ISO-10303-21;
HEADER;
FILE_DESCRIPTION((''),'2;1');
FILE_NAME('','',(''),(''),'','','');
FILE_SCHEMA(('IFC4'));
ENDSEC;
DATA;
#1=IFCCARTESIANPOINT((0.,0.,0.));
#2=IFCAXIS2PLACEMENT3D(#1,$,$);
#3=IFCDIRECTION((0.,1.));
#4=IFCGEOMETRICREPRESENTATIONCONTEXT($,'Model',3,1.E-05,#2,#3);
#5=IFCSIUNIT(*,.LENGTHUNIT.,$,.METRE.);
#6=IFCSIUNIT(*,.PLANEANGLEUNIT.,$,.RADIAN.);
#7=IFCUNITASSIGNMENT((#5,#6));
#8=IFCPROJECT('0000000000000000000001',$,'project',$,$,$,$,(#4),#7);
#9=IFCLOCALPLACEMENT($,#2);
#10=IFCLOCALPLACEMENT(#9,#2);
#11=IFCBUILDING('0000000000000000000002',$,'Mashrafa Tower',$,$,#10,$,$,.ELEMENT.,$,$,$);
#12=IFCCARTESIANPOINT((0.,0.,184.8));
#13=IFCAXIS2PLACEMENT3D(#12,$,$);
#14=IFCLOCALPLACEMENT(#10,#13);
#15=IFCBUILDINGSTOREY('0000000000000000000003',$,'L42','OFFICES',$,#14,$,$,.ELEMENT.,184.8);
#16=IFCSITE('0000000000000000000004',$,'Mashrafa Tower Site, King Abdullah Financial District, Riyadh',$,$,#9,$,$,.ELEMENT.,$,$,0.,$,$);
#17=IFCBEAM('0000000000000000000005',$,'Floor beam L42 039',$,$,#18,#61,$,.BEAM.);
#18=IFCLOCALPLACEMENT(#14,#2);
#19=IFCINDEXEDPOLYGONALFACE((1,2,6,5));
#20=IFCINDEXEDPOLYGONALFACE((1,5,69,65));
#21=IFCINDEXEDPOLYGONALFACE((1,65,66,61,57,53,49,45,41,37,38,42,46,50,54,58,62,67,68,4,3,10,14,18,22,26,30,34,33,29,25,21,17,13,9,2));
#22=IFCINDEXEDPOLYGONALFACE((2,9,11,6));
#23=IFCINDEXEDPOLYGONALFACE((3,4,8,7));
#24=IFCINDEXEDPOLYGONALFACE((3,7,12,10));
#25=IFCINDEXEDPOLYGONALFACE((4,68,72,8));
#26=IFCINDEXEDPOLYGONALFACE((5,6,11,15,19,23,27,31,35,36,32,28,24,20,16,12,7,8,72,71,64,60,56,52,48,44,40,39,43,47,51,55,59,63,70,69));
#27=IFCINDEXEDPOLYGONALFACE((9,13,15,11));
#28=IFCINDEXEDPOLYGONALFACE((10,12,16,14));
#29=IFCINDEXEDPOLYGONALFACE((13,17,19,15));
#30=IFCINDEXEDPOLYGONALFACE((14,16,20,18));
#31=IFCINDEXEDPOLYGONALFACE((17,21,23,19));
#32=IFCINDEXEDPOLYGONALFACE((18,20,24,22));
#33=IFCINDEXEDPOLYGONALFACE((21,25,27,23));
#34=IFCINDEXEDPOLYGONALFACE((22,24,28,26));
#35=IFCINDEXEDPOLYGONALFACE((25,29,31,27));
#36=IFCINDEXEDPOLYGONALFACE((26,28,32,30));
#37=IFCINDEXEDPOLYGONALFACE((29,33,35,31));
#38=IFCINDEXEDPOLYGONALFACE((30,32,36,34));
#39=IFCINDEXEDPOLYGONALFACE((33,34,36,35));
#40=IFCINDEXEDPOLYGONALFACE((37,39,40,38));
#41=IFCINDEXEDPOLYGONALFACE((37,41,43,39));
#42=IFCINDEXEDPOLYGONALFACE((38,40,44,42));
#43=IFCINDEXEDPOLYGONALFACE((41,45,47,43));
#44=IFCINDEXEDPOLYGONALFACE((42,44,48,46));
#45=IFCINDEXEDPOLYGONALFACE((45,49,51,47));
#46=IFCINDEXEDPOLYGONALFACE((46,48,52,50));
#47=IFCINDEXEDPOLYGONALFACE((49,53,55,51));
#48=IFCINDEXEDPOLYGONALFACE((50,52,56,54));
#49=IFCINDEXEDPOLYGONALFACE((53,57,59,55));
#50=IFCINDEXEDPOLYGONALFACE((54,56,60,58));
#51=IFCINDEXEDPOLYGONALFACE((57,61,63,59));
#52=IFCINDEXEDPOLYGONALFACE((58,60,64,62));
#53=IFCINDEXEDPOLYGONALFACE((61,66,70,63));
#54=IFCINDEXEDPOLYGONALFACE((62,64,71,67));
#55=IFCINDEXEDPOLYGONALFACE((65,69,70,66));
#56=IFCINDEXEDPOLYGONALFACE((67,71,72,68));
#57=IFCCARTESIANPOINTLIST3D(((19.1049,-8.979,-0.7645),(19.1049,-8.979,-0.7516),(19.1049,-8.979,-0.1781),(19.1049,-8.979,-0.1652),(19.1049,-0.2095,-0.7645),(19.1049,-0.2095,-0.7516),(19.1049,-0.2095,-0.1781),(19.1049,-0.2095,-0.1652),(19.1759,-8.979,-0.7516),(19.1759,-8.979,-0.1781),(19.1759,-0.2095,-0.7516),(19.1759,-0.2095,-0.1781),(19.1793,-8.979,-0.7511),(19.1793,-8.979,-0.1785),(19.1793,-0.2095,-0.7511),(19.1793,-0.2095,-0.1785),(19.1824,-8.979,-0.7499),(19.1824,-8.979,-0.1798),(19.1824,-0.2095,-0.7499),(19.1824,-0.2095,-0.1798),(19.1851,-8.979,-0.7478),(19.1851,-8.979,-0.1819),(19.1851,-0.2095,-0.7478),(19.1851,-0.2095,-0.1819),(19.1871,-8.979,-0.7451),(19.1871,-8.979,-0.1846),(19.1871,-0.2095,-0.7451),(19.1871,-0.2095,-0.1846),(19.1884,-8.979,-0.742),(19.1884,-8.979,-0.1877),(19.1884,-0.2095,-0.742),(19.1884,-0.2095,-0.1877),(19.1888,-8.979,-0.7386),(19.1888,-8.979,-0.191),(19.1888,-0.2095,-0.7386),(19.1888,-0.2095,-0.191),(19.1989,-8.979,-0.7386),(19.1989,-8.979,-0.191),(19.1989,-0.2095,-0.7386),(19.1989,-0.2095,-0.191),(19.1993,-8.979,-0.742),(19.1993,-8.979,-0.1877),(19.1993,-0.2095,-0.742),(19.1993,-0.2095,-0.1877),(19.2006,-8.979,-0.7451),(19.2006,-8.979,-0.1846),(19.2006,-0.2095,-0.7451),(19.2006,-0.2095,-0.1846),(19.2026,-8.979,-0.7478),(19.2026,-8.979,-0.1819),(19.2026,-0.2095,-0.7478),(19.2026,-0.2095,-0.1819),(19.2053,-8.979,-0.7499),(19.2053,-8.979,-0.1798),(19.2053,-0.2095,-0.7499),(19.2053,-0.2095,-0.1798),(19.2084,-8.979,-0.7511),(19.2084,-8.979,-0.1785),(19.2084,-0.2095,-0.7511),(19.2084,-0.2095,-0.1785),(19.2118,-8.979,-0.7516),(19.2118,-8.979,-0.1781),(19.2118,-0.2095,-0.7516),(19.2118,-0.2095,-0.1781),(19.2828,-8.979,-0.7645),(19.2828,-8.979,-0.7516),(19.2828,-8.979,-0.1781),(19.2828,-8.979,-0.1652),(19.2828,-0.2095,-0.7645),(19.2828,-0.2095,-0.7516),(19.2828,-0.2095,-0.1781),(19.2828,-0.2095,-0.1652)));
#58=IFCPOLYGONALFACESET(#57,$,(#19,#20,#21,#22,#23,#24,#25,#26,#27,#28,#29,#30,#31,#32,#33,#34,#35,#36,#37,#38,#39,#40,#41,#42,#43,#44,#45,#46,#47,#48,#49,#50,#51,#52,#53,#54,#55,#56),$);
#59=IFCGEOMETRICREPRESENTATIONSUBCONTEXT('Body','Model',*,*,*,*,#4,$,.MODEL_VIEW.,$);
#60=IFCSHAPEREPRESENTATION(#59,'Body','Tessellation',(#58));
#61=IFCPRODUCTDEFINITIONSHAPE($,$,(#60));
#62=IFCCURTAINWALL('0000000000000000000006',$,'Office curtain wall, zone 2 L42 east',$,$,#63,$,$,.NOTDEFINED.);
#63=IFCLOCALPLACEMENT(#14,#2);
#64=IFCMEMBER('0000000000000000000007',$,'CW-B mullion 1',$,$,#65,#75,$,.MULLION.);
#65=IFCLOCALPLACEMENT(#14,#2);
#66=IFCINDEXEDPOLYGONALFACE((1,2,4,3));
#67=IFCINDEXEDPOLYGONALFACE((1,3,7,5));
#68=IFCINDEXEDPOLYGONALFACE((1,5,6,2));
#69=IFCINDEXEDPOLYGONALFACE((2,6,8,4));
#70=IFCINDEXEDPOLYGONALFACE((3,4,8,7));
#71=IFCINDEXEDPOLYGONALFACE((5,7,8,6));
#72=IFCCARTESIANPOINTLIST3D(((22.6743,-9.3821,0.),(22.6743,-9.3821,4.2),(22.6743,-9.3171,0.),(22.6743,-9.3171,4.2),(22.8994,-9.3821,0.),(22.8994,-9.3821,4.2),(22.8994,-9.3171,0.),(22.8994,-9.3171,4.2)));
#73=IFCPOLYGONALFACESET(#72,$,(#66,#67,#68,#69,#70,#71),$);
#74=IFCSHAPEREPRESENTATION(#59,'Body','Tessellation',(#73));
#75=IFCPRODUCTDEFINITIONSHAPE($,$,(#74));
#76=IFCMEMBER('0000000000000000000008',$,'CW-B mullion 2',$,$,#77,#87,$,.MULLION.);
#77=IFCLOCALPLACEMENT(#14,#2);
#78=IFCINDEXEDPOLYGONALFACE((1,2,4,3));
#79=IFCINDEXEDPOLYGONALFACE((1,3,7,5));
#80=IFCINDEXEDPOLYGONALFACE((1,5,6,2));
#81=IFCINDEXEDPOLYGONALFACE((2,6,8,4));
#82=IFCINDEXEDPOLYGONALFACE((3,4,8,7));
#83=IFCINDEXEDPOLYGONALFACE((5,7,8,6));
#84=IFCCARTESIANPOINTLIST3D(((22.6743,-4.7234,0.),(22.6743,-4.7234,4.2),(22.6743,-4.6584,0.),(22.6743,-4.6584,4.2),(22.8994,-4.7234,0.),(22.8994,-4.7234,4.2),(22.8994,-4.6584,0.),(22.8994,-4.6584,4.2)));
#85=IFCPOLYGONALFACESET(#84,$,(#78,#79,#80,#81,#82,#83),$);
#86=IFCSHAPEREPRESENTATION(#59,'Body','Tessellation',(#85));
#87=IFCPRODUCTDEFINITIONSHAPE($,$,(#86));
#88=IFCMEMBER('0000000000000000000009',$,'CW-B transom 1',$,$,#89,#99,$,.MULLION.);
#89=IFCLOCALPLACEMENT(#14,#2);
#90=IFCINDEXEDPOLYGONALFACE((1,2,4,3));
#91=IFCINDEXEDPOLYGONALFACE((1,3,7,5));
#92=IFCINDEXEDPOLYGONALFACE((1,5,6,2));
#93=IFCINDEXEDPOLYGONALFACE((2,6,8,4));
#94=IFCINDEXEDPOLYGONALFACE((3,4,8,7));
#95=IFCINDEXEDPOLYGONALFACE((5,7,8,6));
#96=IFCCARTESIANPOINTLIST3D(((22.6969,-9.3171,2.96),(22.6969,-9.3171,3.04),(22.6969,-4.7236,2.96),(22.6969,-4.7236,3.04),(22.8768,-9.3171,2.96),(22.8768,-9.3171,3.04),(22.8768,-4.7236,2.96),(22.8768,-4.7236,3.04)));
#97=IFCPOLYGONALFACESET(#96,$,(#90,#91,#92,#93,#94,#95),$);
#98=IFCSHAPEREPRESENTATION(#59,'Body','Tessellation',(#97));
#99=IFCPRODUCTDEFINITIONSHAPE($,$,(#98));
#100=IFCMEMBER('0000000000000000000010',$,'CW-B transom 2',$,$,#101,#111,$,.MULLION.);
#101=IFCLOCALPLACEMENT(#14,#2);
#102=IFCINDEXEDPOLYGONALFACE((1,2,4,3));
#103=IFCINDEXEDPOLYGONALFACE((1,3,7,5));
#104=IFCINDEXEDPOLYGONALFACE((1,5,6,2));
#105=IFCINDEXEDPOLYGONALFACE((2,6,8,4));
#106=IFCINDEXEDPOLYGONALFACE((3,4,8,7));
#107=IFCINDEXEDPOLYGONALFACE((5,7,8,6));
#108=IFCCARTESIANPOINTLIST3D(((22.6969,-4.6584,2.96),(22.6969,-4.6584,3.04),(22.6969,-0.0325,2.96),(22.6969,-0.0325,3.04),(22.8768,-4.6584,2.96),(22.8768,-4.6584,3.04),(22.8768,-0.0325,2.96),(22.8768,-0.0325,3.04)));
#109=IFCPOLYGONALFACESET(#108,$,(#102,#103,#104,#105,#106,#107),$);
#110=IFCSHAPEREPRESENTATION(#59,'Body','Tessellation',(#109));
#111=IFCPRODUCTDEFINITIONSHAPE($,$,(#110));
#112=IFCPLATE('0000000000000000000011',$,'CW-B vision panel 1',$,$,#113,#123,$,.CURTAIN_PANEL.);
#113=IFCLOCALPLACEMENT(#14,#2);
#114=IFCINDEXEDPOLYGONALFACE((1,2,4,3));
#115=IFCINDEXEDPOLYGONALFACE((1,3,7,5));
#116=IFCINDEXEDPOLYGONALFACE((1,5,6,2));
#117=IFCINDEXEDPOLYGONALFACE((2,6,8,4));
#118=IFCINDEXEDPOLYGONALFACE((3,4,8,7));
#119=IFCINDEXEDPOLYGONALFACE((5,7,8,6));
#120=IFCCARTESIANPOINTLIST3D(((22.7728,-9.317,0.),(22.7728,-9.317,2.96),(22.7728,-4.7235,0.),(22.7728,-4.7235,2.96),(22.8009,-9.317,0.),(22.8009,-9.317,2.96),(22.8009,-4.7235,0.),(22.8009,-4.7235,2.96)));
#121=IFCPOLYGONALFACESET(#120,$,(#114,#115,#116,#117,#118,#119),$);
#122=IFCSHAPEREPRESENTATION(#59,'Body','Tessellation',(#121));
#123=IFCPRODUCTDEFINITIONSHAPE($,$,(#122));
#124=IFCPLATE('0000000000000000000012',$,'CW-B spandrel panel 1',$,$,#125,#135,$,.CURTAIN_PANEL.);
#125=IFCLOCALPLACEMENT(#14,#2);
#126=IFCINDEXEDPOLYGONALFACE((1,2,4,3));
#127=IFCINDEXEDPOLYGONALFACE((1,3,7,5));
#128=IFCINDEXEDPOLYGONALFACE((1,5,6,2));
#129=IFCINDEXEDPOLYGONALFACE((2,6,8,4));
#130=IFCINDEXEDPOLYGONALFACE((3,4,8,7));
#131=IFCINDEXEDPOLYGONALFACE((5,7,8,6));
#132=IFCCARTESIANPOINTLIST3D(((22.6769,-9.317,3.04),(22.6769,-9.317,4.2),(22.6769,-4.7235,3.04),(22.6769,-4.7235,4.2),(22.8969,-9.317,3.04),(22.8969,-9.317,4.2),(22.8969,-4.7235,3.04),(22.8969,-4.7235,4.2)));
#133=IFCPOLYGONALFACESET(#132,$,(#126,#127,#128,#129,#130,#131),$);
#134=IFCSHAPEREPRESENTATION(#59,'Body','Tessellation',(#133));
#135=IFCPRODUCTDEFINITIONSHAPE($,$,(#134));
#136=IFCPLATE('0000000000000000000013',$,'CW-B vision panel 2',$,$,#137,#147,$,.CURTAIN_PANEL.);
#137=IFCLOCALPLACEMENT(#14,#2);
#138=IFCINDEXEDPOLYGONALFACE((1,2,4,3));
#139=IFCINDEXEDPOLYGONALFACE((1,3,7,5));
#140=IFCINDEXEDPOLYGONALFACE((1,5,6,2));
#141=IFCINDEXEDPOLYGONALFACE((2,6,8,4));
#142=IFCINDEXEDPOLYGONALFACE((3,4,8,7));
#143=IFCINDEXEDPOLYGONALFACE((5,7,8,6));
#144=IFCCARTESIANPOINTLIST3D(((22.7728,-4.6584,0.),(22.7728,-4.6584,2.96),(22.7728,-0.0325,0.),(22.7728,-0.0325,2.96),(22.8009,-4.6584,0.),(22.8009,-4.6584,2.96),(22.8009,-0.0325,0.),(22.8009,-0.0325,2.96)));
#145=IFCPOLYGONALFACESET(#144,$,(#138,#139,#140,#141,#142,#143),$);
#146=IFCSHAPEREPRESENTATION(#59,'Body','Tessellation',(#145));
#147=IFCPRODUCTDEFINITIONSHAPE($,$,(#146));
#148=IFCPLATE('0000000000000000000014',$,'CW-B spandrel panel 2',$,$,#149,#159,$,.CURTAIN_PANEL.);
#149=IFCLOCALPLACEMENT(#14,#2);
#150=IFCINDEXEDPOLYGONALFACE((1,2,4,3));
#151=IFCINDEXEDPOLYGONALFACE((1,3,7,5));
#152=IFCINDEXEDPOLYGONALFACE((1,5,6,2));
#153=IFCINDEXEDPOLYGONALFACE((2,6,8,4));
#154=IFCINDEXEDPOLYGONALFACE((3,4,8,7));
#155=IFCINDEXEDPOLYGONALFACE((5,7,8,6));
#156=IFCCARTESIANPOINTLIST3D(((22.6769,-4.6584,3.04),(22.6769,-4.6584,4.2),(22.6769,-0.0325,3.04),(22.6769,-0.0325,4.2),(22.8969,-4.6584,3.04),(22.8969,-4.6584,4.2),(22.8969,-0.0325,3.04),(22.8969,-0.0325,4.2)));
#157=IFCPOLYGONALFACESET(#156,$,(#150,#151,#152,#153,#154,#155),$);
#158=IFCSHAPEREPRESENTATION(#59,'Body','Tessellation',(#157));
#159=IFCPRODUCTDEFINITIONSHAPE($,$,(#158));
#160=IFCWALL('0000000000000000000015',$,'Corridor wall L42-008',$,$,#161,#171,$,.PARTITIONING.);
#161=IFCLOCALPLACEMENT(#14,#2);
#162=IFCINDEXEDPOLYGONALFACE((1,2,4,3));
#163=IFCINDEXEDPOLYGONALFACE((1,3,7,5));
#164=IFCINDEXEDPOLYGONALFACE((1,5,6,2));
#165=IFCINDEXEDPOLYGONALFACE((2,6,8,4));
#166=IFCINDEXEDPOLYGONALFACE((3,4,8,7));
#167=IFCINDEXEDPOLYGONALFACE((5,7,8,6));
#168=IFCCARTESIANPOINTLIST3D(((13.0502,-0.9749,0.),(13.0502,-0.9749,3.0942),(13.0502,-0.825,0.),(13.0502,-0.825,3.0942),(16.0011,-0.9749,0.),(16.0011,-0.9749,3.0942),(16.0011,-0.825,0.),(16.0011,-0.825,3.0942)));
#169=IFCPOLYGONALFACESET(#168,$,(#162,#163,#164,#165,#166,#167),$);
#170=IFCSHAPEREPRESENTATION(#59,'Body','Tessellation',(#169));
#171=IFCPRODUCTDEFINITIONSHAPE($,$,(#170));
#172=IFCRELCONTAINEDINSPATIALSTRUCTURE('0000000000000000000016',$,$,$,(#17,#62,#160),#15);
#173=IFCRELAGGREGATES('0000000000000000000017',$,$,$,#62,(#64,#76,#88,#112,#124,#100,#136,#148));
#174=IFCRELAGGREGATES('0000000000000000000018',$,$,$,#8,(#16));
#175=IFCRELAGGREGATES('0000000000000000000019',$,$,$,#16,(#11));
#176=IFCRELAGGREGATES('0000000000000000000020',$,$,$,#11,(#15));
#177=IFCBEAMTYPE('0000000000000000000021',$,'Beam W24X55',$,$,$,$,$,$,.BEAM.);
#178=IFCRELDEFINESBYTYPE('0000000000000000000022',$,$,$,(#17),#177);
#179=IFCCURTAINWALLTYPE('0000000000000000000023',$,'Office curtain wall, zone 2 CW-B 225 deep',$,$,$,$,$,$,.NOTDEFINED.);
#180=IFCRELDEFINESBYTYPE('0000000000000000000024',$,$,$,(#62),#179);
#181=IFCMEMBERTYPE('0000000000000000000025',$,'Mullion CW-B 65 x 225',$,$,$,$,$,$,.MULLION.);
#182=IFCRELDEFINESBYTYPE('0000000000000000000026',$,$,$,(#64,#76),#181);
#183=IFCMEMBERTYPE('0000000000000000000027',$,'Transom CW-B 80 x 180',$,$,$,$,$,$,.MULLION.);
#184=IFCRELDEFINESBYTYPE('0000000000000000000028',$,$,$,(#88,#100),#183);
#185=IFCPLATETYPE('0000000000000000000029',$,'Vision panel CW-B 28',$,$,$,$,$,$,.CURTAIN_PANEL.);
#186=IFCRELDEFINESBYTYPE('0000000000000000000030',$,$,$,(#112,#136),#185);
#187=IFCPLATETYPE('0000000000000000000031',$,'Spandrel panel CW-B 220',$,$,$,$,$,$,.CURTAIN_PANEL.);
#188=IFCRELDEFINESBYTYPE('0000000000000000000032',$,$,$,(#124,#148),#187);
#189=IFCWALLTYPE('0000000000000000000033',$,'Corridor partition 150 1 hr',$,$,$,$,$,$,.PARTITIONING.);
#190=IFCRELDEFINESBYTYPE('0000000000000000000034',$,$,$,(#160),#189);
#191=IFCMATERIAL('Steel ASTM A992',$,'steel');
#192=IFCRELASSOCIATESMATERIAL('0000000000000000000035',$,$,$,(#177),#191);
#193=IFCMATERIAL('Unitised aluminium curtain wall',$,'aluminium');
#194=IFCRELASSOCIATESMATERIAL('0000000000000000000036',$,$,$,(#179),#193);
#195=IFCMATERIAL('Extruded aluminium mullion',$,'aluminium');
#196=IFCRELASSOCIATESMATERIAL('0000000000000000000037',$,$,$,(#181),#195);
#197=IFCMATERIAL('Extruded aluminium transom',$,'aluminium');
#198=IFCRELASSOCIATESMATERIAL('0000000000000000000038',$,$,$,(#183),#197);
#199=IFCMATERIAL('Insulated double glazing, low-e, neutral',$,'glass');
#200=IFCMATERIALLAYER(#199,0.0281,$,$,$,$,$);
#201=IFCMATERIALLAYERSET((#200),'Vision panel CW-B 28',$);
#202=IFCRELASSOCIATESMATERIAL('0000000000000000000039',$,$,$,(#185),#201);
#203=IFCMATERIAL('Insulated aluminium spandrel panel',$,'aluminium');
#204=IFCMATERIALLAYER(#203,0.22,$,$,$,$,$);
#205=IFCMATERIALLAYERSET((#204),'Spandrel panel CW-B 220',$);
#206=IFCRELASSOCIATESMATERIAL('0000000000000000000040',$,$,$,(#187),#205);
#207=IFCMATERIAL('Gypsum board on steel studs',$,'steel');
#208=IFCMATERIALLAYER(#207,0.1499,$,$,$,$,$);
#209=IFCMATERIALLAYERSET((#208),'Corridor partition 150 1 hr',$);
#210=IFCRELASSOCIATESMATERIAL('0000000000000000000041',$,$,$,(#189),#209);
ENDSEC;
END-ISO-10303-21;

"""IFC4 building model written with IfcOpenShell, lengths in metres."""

from ifc_helpers import new_model, si_unit, direction, frame, frame_2d, origin, origin_2d, place, context, subcontext, project, spatial, rectangle, i_section, extrude, source, transform, mapped, material, layer, layer_set, material_profile, profile_set, type_object, type_shapes, element, aggregate, save


model = new_model("IFC4")

# Units and contexts
model_context = context("Model", 3, precision=1e-05, world=origin(), true_north=direction((0.0, 1.0)))
body_context = subcontext(model_context, "Body", "Model", "MODEL_VIEW")
ifc_project = project(units=[si_unit("LENGTHUNIT", "METRE"), si_unit("PLANEANGLEUNIT", "RADIAN")], contexts=[model_context])

# Site, building, storey
site_placement = place(None, origin())
site = spatial("IfcSite", under=ifc_project, at=site_placement, Name="Mashrafa Tower Site, King Abdullah Financial District, Riyadh", CompositionType="ELEMENT", RefElevation=0.0)
building_placement = place(site_placement, origin())
building = spatial("IfcBuilding", under=site, at=building_placement, Name="Mashrafa Tower", CompositionType="ELEMENT")
storey_placement = place(building_placement, frame((0.0, 0.0, 184.8)))
storey = spatial("IfcBuildingStorey", under=building, at=storey_placement, Name="L42", Description="OFFICES", CompositionType="ELEMENT", Elevation=184.8)

# Beam
ifc_material_1 = material(Name="Steel ASTM A992", Category="steel")
ifc_material_profile_1 = material_profile(ifc_material_1, i_section(OverallWidth=0.178, OverallDepth=0.5994, WebThickness=0.01, FlangeThickness=0.0129, FilletRadius=0.0129, at=origin_2d()), Name="W24X55")
ifc_profile_set_1 = profile_set([ifc_material_profile_1], Name="Steel ASTM A992")
beam_type_1 = type_object("IfcBeamType", Name="Beam W24X55", PredefinedType="BEAM", material=ifc_profile_set_1)
beam_1_placement = place(storey_placement, frame((19.1938, -0.2095, -0.4648), z_axis=(0.0, -1.0, 0.0), x_axis=(1.0, 0.0, 0.0)))
element("IfcBeam", 1, at=beam_1_placement, inside=storey, type_object=beam_type_1, Name="Floor beam L42 039", PredefinedType="BEAM", context=body_context, shape_type="SweptSolid", body=[
    extrude(i_section(OverallWidth=0.178, OverallDepth=0.5994, WebThickness=0.01, FlangeThickness=0.0129, FilletRadius=0.0129, at=origin_2d()), origin(), (0.0, 0.0, 1.0), 8.7695),
])

# Curtain wall, members, plates
ifc_material_2 = material(Name="Unitised aluminium curtain wall", Category="aluminium")
curtain_wall_type = type_object("IfcCurtainWallType", Name="Office curtain wall, zone 2 CW-B 225 deep", PredefinedType="NOTDEFINED", material=ifc_material_2)
curtain_wall_placement = place(storey_placement, origin())
curtain_wall = element("IfcCurtainWall", 2, at=curtain_wall_placement, inside=storey, type_object=curtain_wall_type, Name="Office curtain wall, zone 2 L42 east", PredefinedType="NOTDEFINED")
ifc_material_3 = material(Name="Extruded aluminium mullion", Category="aluminium")
ifc_material_profile_2 = material_profile(ifc_material_3, rectangle(XDim=0.2251, YDim=0.0649, at=origin_2d()), Name="Mullion 65x225")
ifc_profile_set_2 = profile_set([ifc_material_profile_2], Name="Extruded aluminium mullion")
member_type_1 = type_object("IfcMemberType", Name="Mullion CW-B 65 x 225", PredefinedType="MULLION", material=ifc_profile_set_2)
shared_shape_1 = source(origin(), body_context, "Body", "SweptSolid", [
    extrude(rectangle(XDim=0.2251, YDim=0.0649, at=origin_2d()), origin(), (0.0, 0.0, 1.0), 4.2),
])
type_shapes(member_type_1, [shared_shape_1])
member_1_placement = place(storey_placement, frame((22.7869, -9.3496, 0.0), z_axis=(0.0, 0.0, 1.0), x_axis=(-1.0, 0.0, 0.0)))
member_1 = element("IfcMember", 3, at=member_1_placement, type_object=member_type_1, Name="CW-B mullion 1", PredefinedType="MULLION", context=body_context, shape_type="MappedRepresentation", body=[
    mapped(shared_shape_1, transform((0.0, 0.0, 0.0))),
])
member_2_placement = place(storey_placement, frame((22.7869, -4.6909, 0.0), z_axis=(0.0, 0.0, 1.0), x_axis=(-1.0, 0.0, 0.0)))
member_2 = element("IfcMember", 4, at=member_2_placement, type_object=member_type_1, Name="CW-B mullion 2", PredefinedType="MULLION", context=body_context, shape_type="MappedRepresentation", body=[
    mapped(shared_shape_1, transform((0.0, 0.0, 0.0))),
])
ifc_material_4 = material(Name="Extruded aluminium transom", Category="aluminium")
ifc_material_profile_3 = material_profile(ifc_material_4, rectangle(XDim=0.1799, YDim=0.0801, at=origin_2d()), Name="Transom 80x180")
ifc_profile_set_3 = profile_set([ifc_material_profile_3], Name="Extruded aluminium transom")
member_type_2 = type_object("IfcMemberType", Name="Transom CW-B 80 x 180", PredefinedType="MULLION", material=ifc_profile_set_3)
shared_shape_2 = source(origin(), body_context, "Body", "SweptSolid", [
    extrude(rectangle(XDim=0.1799, YDim=0.0801, at=origin_2d()), origin(), (0.0, 0.0, 1.0), 4.5935),
])
member_3_placement = place(storey_placement, frame((22.7869, -9.3171, 3.0), z_axis=(0.0, 1.0, 0.0), x_axis=(-1.0, 0.0, 0.0)))
member_3 = element("IfcMember", 5, at=member_3_placement, type_object=member_type_2, Name="CW-B transom 1", PredefinedType="MULLION", context=body_context, shape_type="MappedRepresentation", body=[
    mapped(shared_shape_2, transform((0.0, 0.0, 0.0))),
])
shared_shape_3 = source(origin(), body_context, "Body", "SweptSolid", [
    extrude(rectangle(XDim=0.1799, YDim=0.0801, at=origin_2d()), origin(), (0.0, 0.0, 1.0), 4.626),
])
type_shapes(member_type_2, [shared_shape_2, shared_shape_3])
member_4_placement = place(storey_placement, frame((22.7869, -4.6584, 3.0), z_axis=(0.0, 1.0, 0.0), x_axis=(-1.0, 0.0, 0.0)))
member_4 = element("IfcMember", 6, at=member_4_placement, type_object=member_type_2, Name="CW-B transom 2", PredefinedType="MULLION", context=body_context, shape_type="MappedRepresentation", body=[
    mapped(shared_shape_3, transform((0.0, 0.0, 0.0))),
])
ifc_material_5 = material(Name="Insulated double glazing, low-e, neutral", Category="glass")
ifc_layer_1 = layer(ifc_material_5, 0.0281)
ifc_layer_set_1 = layer_set([ifc_layer_1], Name="Vision panel CW-B 28")
plate_type_1 = type_object("IfcPlateType", Name="Vision panel CW-B 28", PredefinedType="CURTAIN_PANEL", material=ifc_layer_set_1)
shared_shape_4 = source(origin(), body_context, "Body", "SweptSolid", [
    extrude(rectangle(XDim=4.5935, YDim=0.0281, at=origin_2d()), origin(), (0.0, 0.0, 1.0), 2.96),
])
plate_1_placement = place(storey_placement, frame((22.7869, -7.0203, 0.0), z_axis=(0.0, 0.0, 1.0), x_axis=(0.0, 1.0, 0.0)))
plate_1 = element("IfcPlate", 7, at=plate_1_placement, type_object=plate_type_1, Name="CW-B vision panel 1", PredefinedType="CURTAIN_PANEL", context=body_context, shape_type="MappedRepresentation", body=[
    mapped(shared_shape_4, transform((0.0, 0.0, 0.0))),
])
ifc_material_6 = material(Name="Insulated aluminium spandrel panel", Category="aluminium")
ifc_layer_2 = layer(ifc_material_6, 0.22)
ifc_layer_set_2 = layer_set([ifc_layer_2], Name="Spandrel panel CW-B 220")
plate_type_2 = type_object("IfcPlateType", Name="Spandrel panel CW-B 220", PredefinedType="CURTAIN_PANEL", material=ifc_layer_set_2)
shared_shape_5 = source(origin(), body_context, "Body", "SweptSolid", [
    extrude(rectangle(XDim=4.5935, YDim=0.22, at=origin_2d()), origin(), (0.0, 0.0, 1.0), 1.1599),
])
plate_2_placement = place(storey_placement, frame((22.7869, -7.0203, 3.04), z_axis=(0.0, 0.0, 1.0), x_axis=(0.0, 1.0, 0.0)))
plate_2 = element("IfcPlate", 8, at=plate_2_placement, type_object=plate_type_2, Name="CW-B spandrel panel 1", PredefinedType="CURTAIN_PANEL", context=body_context, shape_type="MappedRepresentation", body=[
    mapped(shared_shape_5, transform((0.0, 0.0, 0.0))),
])
shared_shape_6 = source(origin(), body_context, "Body", "SweptSolid", [
    extrude(rectangle(XDim=4.626, YDim=0.0281, at=origin_2d()), origin(), (0.0, 0.0, 1.0), 2.96),
])
type_shapes(plate_type_1, [shared_shape_4, shared_shape_6])
plate_3_placement = place(storey_placement, frame((22.7869, -2.3455, 0.0), z_axis=(0.0, 0.0, 1.0), x_axis=(0.0, 1.0, 0.0)))
plate_3 = element("IfcPlate", 9, at=plate_3_placement, type_object=plate_type_1, Name="CW-B vision panel 2", PredefinedType="CURTAIN_PANEL", context=body_context, shape_type="MappedRepresentation", body=[
    mapped(shared_shape_6, transform((0.0, 0.0, 0.0))),
])
shared_shape_7 = source(origin(), body_context, "Body", "SweptSolid", [
    extrude(rectangle(XDim=4.626, YDim=0.22, at=origin_2d()), origin(), (0.0, 0.0, 1.0), 1.1599),
])
type_shapes(plate_type_2, [shared_shape_5, shared_shape_7])
plate_4_placement = place(storey_placement, frame((22.7869, -2.3455, 3.04), z_axis=(0.0, 0.0, 1.0), x_axis=(0.0, 1.0, 0.0)))
plate_4 = element("IfcPlate", 10, at=plate_4_placement, type_object=plate_type_2, Name="CW-B spandrel panel 2", PredefinedType="CURTAIN_PANEL", context=body_context, shape_type="MappedRepresentation", body=[
    mapped(shared_shape_7, transform((0.0, 0.0, 0.0))),
])
aggregate(curtain_wall, [member_1, member_2, member_3, plate_1, plate_2, member_4, plate_3, plate_4])

# Shared definitions
ifc_material_7 = material(Name="Gypsum board on steel studs", Category="steel")
ifc_layer_3 = layer(ifc_material_7, 0.1499)
ifc_layer_set_3 = layer_set([ifc_layer_3], Name="Corridor partition 150 1 hr")
wall_type_1 = type_object("IfcWallType", Name="Corridor partition 150 1 hr", PredefinedType="PARTITIONING", material=ifc_layer_set_3)

# Wall
wall_1_placement = place(storey_placement, frame((13.05, -0.8999, 0.0), z_axis=(0.0, 0.0, 1.0), x_axis=(1.0, 0.0, 0.0)))
element("IfcWall", 11, at=wall_1_placement, inside=storey, type_object=wall_type_1, Name="Corridor wall L42-008", PredefinedType="PARTITIONING", context=body_context, shape_type="SweptSolid", body=[
    extrude(rectangle(XDim=2.9509, YDim=0.1499, at=frame_2d((1.4756, 0.0))), origin(), (0.0, 0.0, 1.0), 3.0942),
])

save(model, "model.ifc")
